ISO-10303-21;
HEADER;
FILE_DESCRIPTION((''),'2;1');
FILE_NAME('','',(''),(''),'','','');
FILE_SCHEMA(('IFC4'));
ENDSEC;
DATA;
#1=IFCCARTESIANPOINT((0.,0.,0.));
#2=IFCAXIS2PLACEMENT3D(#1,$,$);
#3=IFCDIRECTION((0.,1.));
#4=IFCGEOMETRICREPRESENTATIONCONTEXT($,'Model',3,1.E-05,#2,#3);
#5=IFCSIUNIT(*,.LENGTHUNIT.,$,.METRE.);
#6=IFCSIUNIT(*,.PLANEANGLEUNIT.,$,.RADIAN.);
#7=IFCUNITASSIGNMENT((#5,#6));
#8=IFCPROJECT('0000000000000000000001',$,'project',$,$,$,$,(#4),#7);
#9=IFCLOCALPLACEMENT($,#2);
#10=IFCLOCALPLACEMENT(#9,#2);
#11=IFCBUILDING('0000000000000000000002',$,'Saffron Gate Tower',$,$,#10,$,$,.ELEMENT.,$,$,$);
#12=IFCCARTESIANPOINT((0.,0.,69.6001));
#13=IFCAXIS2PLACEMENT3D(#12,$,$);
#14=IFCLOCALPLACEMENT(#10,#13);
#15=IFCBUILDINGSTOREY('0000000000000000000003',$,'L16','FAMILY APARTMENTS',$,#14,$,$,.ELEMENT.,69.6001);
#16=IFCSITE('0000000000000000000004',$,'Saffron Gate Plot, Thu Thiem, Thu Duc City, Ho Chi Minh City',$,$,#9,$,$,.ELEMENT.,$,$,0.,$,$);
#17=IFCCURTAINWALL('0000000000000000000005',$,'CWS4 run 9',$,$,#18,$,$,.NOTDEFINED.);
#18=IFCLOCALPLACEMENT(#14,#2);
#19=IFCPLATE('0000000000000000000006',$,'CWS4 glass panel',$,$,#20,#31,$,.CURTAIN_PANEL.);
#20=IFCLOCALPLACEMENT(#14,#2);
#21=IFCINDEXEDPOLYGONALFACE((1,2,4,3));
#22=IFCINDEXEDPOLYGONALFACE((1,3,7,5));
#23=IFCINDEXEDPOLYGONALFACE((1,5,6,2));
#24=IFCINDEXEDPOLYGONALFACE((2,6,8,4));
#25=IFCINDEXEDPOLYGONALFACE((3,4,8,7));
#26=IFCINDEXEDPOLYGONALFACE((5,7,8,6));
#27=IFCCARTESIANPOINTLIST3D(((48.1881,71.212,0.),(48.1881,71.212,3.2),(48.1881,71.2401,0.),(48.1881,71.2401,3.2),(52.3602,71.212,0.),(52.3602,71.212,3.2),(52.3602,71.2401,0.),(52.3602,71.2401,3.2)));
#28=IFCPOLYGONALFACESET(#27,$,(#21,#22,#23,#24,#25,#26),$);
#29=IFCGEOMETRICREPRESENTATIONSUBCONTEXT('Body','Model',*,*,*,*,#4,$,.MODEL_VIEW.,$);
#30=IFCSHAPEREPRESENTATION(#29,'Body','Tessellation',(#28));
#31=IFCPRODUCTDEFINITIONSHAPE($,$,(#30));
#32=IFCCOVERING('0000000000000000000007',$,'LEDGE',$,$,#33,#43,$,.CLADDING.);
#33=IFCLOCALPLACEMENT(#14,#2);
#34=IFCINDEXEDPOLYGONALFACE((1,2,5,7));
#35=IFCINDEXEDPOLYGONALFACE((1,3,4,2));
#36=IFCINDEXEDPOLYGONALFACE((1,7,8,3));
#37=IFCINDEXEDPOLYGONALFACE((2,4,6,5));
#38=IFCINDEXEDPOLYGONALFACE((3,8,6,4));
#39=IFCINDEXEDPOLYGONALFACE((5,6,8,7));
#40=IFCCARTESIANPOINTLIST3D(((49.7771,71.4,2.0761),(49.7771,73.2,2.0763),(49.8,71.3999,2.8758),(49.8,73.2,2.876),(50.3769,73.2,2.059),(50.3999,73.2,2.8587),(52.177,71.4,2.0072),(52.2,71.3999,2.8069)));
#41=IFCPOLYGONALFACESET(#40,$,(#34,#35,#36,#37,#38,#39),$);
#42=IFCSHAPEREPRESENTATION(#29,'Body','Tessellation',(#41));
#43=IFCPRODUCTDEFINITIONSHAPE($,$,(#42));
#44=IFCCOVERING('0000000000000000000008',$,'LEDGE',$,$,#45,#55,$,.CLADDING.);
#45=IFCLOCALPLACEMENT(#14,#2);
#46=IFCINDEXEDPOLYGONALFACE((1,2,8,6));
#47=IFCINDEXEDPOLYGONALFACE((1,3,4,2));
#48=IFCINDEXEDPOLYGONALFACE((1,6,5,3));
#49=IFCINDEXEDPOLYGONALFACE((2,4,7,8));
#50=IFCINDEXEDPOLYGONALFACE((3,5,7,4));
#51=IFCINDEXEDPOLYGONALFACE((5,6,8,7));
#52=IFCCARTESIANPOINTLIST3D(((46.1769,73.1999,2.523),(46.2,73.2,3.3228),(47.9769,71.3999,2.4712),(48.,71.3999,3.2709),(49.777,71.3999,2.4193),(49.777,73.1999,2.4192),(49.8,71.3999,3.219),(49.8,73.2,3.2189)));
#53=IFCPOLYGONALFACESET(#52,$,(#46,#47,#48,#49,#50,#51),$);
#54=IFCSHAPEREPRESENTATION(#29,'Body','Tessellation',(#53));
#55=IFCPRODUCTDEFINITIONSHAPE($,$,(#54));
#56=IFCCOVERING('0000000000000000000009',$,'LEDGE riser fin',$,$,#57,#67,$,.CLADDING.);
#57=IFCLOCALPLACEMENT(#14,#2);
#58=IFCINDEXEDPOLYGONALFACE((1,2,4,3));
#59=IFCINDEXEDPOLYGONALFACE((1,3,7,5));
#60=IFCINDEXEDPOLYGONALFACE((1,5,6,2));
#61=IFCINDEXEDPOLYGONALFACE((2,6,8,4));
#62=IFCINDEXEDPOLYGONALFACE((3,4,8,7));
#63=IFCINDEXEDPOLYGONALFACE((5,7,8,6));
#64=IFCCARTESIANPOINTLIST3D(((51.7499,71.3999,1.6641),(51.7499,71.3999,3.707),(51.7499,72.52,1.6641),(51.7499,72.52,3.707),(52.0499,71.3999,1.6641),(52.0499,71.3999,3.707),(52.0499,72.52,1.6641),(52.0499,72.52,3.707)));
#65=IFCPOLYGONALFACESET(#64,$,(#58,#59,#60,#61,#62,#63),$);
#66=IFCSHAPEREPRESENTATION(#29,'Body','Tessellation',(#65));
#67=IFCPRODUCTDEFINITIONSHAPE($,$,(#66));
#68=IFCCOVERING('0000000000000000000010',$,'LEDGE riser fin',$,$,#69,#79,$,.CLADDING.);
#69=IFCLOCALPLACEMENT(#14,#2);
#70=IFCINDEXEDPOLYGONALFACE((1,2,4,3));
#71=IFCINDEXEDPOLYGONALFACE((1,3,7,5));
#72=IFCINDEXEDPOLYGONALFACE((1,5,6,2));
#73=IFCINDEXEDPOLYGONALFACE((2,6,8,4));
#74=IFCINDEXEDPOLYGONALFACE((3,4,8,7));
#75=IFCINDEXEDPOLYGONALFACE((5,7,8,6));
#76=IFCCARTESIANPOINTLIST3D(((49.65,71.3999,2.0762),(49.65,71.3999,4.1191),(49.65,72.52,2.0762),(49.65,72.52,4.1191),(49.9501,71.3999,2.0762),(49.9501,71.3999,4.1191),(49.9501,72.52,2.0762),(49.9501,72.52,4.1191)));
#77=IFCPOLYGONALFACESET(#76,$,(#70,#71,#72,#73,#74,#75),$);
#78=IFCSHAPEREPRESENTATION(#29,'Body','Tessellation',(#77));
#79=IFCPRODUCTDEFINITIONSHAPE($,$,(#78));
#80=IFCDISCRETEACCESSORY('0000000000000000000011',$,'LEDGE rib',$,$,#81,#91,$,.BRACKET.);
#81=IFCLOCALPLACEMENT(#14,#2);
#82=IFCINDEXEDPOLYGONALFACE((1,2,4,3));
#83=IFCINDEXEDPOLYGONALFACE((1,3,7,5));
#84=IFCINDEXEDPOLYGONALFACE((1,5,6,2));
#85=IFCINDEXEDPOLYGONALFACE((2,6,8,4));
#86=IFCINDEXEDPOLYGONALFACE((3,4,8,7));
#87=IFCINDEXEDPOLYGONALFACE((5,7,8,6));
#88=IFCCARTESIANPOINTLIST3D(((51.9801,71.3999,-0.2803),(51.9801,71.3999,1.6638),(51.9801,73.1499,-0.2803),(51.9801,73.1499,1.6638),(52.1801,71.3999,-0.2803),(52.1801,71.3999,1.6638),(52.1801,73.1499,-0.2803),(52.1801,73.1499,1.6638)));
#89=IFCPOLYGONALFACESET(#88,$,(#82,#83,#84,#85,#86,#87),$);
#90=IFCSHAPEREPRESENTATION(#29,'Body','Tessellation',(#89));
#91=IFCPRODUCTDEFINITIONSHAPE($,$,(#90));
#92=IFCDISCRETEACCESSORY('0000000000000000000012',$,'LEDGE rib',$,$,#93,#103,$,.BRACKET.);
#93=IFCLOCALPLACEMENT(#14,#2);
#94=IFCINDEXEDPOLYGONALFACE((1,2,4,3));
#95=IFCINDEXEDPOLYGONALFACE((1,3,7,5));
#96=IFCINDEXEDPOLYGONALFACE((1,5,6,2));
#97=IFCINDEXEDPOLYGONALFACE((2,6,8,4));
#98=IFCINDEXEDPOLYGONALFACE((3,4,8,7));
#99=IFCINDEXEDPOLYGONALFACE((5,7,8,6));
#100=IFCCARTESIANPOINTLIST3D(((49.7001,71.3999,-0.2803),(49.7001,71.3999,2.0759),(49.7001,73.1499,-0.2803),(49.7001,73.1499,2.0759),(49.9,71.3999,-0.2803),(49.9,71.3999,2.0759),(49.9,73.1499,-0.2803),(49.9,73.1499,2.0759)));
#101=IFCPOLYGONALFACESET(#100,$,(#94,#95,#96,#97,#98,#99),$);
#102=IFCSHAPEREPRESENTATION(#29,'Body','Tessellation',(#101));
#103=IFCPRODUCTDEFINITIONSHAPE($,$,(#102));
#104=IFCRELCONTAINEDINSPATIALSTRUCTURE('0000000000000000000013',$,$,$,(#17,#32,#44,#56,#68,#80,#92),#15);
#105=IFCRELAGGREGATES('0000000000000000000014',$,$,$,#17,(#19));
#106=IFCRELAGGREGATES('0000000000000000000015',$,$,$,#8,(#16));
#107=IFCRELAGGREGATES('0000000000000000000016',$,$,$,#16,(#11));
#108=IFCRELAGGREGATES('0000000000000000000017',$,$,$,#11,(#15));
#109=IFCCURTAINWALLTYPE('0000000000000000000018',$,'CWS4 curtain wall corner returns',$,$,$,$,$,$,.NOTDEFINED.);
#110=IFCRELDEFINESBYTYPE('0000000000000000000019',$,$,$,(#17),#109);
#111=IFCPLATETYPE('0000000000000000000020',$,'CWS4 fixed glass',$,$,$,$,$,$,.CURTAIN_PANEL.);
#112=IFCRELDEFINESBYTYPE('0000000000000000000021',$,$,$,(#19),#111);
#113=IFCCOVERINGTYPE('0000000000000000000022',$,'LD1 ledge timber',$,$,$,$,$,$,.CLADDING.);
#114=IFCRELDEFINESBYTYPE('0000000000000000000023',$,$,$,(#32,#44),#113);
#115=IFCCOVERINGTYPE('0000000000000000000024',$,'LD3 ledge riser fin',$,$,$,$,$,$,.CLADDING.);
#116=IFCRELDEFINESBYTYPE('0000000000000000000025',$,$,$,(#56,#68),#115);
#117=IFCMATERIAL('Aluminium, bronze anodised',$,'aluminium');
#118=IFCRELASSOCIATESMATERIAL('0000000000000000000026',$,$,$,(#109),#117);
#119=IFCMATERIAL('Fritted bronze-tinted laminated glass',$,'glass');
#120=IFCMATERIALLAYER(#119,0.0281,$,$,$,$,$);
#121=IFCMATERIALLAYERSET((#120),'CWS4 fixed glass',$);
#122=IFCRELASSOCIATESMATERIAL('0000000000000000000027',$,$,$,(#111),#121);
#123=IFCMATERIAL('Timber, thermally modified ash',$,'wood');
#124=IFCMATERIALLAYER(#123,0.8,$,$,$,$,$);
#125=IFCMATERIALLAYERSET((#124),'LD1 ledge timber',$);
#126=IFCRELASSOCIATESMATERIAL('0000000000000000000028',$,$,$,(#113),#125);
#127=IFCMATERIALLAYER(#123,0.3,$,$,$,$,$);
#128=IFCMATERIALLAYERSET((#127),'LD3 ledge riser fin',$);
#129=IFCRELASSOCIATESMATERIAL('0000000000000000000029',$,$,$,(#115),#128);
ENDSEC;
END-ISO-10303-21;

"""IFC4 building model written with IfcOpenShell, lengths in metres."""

from ifc_helpers import new_model, si_unit, direction, frame, frame_2d, origin, origin_2d, place, context, subcontext, project, spatial, polyline, rectangle, outline, extrude, material, layer, layer_set, type_object, element, aggregate, save


model = new_model("IFC4")

# Units and contexts
model_context = context("Model", 3, precision=1e-05, world=origin(), true_north=direction((0.0, 1.0)))
body_context = subcontext(model_context, "Body", "Model", "MODEL_VIEW")
ifc_project = project(units=[si_unit("LENGTHUNIT", "METRE"), si_unit("PLANEANGLEUNIT", "RADIAN")], contexts=[model_context])

# Site, building, storey
site_placement = place(None, origin())
site = spatial("IfcSite", under=ifc_project, at=site_placement, Name="Saffron Gate Plot, Thu Thiem, Thu Duc City, Ho Chi Minh City", CompositionType="ELEMENT", RefElevation=0.0)
building_placement = place(site_placement, origin())
building = spatial("IfcBuilding", under=site, at=building_placement, Name="Saffron Gate Tower", CompositionType="ELEMENT")
storey_placement = place(building_placement, frame((0.0, 0.0, 69.6001)))
storey = spatial("IfcBuildingStorey", under=building, at=storey_placement, Name="L16", Description="FAMILY APARTMENTS", CompositionType="ELEMENT", Elevation=69.6001)

# Shared definitions
ifc_material_1 = material(Name="Aluminium, bronze anodised", Category="aluminium")

# Curtain wall
curtain_wall_type_1 = type_object("IfcCurtainWallType", Name="CWS4 curtain wall corner returns", PredefinedType="NOTDEFINED", material=ifc_material_1)
curtain_wall_1_placement = place(storey_placement, origin())
curtain_wall_1 = element("IfcCurtainWall", 1, at=curtain_wall_1_placement, inside=storey, type_object=curtain_wall_type_1, Name="CWS4 run 9", PredefinedType="NOTDEFINED")

# Shared definitions
ifc_material_2 = material(Name="Fritted bronze-tinted laminated glass", Category="glass")

# Plate
ifc_layer_1 = layer(ifc_material_2, 0.0281)
ifc_layer_set_1 = layer_set([ifc_layer_1], Name="CWS4 fixed glass")
plate_type_1 = type_object("IfcPlateType", Name="CWS4 fixed glass", PredefinedType="CURTAIN_PANEL", material=ifc_layer_set_1)
plate_1_placement = place(storey_placement, frame((52.3601, 71.2261, 0.0), z_axis=(0.0, 0.0, 1.0), x_axis=(-1.0, 0.0, 0.0)))
plate_1 = element("IfcPlate", 2, at=plate_1_placement, type_object=plate_type_1, Name="CWS4 glass panel", PredefinedType="CURTAIN_PANEL", context=body_context, shape_type="SweptSolid", body=[
    extrude(rectangle(XDim=4.1721, YDim=0.0281, at=frame_2d((2.0859, 0.0))), origin(), (0.0, 0.0, 1.0), 3.2),
])
aggregate(curtain_wall_1, [plate_1])

# Coverings
ifc_material_3 = material(Name="Timber, thermally modified ash", Category="wood")
ifc_layer_2 = layer(ifc_material_3, 0.8)
ifc_layer_set_2 = layer_set([ifc_layer_2], Name="LD1 ledge timber")
covering_type_1 = type_object("IfcCoveringType", Name="LD1 ledge timber", PredefinedType="CLADDING", material=ifc_layer_set_2)
covering_1_placement = place(storey_placement, frame((52.2, 71.3999, 2.8069), z_axis=(0.028718, -0.00008, 0.999588), x_axis=(-0.999588, 0.0, 0.028718)))
element("IfcCovering", 3, at=covering_1_placement, inside=storey, type_object=covering_type_1, Name="LEDGE", PredefinedType="CLADDING", context=body_context, shape_type="SweptSolid", body=[
    extrude(outline(polyline([(0.0, 0.0), (2.4009, 0.0), (2.4009, -1.8), (1.8008, -1.8), (0.0, 0.0)])), origin(), (0.0, 0.0, -1.0), 0.8),
])
covering_2_placement = place(storey_placement, frame((49.8, 71.3999, 3.219), z_axis=(0.028832, 0.000045, 0.999584), x_axis=(-0.999584, 0.0, 0.028832)))
element("IfcCovering", 4, at=covering_2_placement, inside=storey, type_object=covering_type_1, Name="LEDGE", PredefinedType="CLADDING", context=body_context, shape_type="SweptSolid", body=[
    extrude(outline(polyline([(0.0, 0.0), (1.8008, 0.0), (3.6016, -1.8), (0.0, -1.8), (0.0, 0.0)])), origin(), (0.0, 0.0, -1.0), 0.8),
])
ifc_layer_3 = layer(ifc_material_3, 0.3)
ifc_layer_set_3 = layer_set([ifc_layer_3], Name="LD3 ledge riser fin")
covering_type_2 = type_object("IfcCoveringType", Name="LD3 ledge riser fin", PredefinedType="CLADDING", material=ifc_layer_set_3)
for number, where, z_axis, x_axis, name in (
    (5, (51.8999, 71.96, 1.6641), (0.0, 0.0, 1.0), (-1.0, 0.0, 0.0), "LEDGE riser fin"),
    (6, (49.8, 71.96, 2.0762), (0.0, 0.0, 1.0), (-1.0, 0.0, 0.0), "LEDGE riser fin"),
):
    element("IfcCovering", number, at=place(storey_placement, frame(where, z_axis=z_axis, x_axis=x_axis)), inside=storey, type_object=covering_type_2, Name=name, PredefinedType="CLADDING", context=body_context, shape_type="SweptSolid", body=[
        extrude(rectangle(XDim=0.3, YDim=1.1201, at=origin_2d()), origin(), (0.0, 0.0, 1.0), 2.043),
    ])

# Discrete accessories
discrete_accessory_1_placement = place(storey_placement, frame((52.0801, 72.2749, -0.2803), z_axis=(0.0, 0.0, 1.0), x_axis=(-1.0, 0.0, 0.0)))
element("IfcDiscreteAccessory", 7, at=discrete_accessory_1_placement, inside=storey, Name="LEDGE rib", PredefinedType="BRACKET", context=body_context, shape_type="SweptSolid", body=[
    extrude(rectangle(XDim=0.2, YDim=1.75, at=origin_2d()), origin(), (0.0, 0.0, 1.0), 1.9441),
])
discrete_accessory_2_placement = place(storey_placement, frame((49.8, 72.2749, -0.2803), z_axis=(0.0, 0.0, 1.0), x_axis=(-1.0, 0.0, 0.0)))
element("IfcDiscreteAccessory", 8, at=discrete_accessory_2_placement, inside=storey, Name="LEDGE rib", PredefinedType="BRACKET", context=body_context, shape_type="SweptSolid", body=[
    extrude(rectangle(XDim=0.2, YDim=1.75, at=origin_2d()), origin(), (0.0, 0.0, 1.0), 2.3562),
])

save(model, "model.ifc")
